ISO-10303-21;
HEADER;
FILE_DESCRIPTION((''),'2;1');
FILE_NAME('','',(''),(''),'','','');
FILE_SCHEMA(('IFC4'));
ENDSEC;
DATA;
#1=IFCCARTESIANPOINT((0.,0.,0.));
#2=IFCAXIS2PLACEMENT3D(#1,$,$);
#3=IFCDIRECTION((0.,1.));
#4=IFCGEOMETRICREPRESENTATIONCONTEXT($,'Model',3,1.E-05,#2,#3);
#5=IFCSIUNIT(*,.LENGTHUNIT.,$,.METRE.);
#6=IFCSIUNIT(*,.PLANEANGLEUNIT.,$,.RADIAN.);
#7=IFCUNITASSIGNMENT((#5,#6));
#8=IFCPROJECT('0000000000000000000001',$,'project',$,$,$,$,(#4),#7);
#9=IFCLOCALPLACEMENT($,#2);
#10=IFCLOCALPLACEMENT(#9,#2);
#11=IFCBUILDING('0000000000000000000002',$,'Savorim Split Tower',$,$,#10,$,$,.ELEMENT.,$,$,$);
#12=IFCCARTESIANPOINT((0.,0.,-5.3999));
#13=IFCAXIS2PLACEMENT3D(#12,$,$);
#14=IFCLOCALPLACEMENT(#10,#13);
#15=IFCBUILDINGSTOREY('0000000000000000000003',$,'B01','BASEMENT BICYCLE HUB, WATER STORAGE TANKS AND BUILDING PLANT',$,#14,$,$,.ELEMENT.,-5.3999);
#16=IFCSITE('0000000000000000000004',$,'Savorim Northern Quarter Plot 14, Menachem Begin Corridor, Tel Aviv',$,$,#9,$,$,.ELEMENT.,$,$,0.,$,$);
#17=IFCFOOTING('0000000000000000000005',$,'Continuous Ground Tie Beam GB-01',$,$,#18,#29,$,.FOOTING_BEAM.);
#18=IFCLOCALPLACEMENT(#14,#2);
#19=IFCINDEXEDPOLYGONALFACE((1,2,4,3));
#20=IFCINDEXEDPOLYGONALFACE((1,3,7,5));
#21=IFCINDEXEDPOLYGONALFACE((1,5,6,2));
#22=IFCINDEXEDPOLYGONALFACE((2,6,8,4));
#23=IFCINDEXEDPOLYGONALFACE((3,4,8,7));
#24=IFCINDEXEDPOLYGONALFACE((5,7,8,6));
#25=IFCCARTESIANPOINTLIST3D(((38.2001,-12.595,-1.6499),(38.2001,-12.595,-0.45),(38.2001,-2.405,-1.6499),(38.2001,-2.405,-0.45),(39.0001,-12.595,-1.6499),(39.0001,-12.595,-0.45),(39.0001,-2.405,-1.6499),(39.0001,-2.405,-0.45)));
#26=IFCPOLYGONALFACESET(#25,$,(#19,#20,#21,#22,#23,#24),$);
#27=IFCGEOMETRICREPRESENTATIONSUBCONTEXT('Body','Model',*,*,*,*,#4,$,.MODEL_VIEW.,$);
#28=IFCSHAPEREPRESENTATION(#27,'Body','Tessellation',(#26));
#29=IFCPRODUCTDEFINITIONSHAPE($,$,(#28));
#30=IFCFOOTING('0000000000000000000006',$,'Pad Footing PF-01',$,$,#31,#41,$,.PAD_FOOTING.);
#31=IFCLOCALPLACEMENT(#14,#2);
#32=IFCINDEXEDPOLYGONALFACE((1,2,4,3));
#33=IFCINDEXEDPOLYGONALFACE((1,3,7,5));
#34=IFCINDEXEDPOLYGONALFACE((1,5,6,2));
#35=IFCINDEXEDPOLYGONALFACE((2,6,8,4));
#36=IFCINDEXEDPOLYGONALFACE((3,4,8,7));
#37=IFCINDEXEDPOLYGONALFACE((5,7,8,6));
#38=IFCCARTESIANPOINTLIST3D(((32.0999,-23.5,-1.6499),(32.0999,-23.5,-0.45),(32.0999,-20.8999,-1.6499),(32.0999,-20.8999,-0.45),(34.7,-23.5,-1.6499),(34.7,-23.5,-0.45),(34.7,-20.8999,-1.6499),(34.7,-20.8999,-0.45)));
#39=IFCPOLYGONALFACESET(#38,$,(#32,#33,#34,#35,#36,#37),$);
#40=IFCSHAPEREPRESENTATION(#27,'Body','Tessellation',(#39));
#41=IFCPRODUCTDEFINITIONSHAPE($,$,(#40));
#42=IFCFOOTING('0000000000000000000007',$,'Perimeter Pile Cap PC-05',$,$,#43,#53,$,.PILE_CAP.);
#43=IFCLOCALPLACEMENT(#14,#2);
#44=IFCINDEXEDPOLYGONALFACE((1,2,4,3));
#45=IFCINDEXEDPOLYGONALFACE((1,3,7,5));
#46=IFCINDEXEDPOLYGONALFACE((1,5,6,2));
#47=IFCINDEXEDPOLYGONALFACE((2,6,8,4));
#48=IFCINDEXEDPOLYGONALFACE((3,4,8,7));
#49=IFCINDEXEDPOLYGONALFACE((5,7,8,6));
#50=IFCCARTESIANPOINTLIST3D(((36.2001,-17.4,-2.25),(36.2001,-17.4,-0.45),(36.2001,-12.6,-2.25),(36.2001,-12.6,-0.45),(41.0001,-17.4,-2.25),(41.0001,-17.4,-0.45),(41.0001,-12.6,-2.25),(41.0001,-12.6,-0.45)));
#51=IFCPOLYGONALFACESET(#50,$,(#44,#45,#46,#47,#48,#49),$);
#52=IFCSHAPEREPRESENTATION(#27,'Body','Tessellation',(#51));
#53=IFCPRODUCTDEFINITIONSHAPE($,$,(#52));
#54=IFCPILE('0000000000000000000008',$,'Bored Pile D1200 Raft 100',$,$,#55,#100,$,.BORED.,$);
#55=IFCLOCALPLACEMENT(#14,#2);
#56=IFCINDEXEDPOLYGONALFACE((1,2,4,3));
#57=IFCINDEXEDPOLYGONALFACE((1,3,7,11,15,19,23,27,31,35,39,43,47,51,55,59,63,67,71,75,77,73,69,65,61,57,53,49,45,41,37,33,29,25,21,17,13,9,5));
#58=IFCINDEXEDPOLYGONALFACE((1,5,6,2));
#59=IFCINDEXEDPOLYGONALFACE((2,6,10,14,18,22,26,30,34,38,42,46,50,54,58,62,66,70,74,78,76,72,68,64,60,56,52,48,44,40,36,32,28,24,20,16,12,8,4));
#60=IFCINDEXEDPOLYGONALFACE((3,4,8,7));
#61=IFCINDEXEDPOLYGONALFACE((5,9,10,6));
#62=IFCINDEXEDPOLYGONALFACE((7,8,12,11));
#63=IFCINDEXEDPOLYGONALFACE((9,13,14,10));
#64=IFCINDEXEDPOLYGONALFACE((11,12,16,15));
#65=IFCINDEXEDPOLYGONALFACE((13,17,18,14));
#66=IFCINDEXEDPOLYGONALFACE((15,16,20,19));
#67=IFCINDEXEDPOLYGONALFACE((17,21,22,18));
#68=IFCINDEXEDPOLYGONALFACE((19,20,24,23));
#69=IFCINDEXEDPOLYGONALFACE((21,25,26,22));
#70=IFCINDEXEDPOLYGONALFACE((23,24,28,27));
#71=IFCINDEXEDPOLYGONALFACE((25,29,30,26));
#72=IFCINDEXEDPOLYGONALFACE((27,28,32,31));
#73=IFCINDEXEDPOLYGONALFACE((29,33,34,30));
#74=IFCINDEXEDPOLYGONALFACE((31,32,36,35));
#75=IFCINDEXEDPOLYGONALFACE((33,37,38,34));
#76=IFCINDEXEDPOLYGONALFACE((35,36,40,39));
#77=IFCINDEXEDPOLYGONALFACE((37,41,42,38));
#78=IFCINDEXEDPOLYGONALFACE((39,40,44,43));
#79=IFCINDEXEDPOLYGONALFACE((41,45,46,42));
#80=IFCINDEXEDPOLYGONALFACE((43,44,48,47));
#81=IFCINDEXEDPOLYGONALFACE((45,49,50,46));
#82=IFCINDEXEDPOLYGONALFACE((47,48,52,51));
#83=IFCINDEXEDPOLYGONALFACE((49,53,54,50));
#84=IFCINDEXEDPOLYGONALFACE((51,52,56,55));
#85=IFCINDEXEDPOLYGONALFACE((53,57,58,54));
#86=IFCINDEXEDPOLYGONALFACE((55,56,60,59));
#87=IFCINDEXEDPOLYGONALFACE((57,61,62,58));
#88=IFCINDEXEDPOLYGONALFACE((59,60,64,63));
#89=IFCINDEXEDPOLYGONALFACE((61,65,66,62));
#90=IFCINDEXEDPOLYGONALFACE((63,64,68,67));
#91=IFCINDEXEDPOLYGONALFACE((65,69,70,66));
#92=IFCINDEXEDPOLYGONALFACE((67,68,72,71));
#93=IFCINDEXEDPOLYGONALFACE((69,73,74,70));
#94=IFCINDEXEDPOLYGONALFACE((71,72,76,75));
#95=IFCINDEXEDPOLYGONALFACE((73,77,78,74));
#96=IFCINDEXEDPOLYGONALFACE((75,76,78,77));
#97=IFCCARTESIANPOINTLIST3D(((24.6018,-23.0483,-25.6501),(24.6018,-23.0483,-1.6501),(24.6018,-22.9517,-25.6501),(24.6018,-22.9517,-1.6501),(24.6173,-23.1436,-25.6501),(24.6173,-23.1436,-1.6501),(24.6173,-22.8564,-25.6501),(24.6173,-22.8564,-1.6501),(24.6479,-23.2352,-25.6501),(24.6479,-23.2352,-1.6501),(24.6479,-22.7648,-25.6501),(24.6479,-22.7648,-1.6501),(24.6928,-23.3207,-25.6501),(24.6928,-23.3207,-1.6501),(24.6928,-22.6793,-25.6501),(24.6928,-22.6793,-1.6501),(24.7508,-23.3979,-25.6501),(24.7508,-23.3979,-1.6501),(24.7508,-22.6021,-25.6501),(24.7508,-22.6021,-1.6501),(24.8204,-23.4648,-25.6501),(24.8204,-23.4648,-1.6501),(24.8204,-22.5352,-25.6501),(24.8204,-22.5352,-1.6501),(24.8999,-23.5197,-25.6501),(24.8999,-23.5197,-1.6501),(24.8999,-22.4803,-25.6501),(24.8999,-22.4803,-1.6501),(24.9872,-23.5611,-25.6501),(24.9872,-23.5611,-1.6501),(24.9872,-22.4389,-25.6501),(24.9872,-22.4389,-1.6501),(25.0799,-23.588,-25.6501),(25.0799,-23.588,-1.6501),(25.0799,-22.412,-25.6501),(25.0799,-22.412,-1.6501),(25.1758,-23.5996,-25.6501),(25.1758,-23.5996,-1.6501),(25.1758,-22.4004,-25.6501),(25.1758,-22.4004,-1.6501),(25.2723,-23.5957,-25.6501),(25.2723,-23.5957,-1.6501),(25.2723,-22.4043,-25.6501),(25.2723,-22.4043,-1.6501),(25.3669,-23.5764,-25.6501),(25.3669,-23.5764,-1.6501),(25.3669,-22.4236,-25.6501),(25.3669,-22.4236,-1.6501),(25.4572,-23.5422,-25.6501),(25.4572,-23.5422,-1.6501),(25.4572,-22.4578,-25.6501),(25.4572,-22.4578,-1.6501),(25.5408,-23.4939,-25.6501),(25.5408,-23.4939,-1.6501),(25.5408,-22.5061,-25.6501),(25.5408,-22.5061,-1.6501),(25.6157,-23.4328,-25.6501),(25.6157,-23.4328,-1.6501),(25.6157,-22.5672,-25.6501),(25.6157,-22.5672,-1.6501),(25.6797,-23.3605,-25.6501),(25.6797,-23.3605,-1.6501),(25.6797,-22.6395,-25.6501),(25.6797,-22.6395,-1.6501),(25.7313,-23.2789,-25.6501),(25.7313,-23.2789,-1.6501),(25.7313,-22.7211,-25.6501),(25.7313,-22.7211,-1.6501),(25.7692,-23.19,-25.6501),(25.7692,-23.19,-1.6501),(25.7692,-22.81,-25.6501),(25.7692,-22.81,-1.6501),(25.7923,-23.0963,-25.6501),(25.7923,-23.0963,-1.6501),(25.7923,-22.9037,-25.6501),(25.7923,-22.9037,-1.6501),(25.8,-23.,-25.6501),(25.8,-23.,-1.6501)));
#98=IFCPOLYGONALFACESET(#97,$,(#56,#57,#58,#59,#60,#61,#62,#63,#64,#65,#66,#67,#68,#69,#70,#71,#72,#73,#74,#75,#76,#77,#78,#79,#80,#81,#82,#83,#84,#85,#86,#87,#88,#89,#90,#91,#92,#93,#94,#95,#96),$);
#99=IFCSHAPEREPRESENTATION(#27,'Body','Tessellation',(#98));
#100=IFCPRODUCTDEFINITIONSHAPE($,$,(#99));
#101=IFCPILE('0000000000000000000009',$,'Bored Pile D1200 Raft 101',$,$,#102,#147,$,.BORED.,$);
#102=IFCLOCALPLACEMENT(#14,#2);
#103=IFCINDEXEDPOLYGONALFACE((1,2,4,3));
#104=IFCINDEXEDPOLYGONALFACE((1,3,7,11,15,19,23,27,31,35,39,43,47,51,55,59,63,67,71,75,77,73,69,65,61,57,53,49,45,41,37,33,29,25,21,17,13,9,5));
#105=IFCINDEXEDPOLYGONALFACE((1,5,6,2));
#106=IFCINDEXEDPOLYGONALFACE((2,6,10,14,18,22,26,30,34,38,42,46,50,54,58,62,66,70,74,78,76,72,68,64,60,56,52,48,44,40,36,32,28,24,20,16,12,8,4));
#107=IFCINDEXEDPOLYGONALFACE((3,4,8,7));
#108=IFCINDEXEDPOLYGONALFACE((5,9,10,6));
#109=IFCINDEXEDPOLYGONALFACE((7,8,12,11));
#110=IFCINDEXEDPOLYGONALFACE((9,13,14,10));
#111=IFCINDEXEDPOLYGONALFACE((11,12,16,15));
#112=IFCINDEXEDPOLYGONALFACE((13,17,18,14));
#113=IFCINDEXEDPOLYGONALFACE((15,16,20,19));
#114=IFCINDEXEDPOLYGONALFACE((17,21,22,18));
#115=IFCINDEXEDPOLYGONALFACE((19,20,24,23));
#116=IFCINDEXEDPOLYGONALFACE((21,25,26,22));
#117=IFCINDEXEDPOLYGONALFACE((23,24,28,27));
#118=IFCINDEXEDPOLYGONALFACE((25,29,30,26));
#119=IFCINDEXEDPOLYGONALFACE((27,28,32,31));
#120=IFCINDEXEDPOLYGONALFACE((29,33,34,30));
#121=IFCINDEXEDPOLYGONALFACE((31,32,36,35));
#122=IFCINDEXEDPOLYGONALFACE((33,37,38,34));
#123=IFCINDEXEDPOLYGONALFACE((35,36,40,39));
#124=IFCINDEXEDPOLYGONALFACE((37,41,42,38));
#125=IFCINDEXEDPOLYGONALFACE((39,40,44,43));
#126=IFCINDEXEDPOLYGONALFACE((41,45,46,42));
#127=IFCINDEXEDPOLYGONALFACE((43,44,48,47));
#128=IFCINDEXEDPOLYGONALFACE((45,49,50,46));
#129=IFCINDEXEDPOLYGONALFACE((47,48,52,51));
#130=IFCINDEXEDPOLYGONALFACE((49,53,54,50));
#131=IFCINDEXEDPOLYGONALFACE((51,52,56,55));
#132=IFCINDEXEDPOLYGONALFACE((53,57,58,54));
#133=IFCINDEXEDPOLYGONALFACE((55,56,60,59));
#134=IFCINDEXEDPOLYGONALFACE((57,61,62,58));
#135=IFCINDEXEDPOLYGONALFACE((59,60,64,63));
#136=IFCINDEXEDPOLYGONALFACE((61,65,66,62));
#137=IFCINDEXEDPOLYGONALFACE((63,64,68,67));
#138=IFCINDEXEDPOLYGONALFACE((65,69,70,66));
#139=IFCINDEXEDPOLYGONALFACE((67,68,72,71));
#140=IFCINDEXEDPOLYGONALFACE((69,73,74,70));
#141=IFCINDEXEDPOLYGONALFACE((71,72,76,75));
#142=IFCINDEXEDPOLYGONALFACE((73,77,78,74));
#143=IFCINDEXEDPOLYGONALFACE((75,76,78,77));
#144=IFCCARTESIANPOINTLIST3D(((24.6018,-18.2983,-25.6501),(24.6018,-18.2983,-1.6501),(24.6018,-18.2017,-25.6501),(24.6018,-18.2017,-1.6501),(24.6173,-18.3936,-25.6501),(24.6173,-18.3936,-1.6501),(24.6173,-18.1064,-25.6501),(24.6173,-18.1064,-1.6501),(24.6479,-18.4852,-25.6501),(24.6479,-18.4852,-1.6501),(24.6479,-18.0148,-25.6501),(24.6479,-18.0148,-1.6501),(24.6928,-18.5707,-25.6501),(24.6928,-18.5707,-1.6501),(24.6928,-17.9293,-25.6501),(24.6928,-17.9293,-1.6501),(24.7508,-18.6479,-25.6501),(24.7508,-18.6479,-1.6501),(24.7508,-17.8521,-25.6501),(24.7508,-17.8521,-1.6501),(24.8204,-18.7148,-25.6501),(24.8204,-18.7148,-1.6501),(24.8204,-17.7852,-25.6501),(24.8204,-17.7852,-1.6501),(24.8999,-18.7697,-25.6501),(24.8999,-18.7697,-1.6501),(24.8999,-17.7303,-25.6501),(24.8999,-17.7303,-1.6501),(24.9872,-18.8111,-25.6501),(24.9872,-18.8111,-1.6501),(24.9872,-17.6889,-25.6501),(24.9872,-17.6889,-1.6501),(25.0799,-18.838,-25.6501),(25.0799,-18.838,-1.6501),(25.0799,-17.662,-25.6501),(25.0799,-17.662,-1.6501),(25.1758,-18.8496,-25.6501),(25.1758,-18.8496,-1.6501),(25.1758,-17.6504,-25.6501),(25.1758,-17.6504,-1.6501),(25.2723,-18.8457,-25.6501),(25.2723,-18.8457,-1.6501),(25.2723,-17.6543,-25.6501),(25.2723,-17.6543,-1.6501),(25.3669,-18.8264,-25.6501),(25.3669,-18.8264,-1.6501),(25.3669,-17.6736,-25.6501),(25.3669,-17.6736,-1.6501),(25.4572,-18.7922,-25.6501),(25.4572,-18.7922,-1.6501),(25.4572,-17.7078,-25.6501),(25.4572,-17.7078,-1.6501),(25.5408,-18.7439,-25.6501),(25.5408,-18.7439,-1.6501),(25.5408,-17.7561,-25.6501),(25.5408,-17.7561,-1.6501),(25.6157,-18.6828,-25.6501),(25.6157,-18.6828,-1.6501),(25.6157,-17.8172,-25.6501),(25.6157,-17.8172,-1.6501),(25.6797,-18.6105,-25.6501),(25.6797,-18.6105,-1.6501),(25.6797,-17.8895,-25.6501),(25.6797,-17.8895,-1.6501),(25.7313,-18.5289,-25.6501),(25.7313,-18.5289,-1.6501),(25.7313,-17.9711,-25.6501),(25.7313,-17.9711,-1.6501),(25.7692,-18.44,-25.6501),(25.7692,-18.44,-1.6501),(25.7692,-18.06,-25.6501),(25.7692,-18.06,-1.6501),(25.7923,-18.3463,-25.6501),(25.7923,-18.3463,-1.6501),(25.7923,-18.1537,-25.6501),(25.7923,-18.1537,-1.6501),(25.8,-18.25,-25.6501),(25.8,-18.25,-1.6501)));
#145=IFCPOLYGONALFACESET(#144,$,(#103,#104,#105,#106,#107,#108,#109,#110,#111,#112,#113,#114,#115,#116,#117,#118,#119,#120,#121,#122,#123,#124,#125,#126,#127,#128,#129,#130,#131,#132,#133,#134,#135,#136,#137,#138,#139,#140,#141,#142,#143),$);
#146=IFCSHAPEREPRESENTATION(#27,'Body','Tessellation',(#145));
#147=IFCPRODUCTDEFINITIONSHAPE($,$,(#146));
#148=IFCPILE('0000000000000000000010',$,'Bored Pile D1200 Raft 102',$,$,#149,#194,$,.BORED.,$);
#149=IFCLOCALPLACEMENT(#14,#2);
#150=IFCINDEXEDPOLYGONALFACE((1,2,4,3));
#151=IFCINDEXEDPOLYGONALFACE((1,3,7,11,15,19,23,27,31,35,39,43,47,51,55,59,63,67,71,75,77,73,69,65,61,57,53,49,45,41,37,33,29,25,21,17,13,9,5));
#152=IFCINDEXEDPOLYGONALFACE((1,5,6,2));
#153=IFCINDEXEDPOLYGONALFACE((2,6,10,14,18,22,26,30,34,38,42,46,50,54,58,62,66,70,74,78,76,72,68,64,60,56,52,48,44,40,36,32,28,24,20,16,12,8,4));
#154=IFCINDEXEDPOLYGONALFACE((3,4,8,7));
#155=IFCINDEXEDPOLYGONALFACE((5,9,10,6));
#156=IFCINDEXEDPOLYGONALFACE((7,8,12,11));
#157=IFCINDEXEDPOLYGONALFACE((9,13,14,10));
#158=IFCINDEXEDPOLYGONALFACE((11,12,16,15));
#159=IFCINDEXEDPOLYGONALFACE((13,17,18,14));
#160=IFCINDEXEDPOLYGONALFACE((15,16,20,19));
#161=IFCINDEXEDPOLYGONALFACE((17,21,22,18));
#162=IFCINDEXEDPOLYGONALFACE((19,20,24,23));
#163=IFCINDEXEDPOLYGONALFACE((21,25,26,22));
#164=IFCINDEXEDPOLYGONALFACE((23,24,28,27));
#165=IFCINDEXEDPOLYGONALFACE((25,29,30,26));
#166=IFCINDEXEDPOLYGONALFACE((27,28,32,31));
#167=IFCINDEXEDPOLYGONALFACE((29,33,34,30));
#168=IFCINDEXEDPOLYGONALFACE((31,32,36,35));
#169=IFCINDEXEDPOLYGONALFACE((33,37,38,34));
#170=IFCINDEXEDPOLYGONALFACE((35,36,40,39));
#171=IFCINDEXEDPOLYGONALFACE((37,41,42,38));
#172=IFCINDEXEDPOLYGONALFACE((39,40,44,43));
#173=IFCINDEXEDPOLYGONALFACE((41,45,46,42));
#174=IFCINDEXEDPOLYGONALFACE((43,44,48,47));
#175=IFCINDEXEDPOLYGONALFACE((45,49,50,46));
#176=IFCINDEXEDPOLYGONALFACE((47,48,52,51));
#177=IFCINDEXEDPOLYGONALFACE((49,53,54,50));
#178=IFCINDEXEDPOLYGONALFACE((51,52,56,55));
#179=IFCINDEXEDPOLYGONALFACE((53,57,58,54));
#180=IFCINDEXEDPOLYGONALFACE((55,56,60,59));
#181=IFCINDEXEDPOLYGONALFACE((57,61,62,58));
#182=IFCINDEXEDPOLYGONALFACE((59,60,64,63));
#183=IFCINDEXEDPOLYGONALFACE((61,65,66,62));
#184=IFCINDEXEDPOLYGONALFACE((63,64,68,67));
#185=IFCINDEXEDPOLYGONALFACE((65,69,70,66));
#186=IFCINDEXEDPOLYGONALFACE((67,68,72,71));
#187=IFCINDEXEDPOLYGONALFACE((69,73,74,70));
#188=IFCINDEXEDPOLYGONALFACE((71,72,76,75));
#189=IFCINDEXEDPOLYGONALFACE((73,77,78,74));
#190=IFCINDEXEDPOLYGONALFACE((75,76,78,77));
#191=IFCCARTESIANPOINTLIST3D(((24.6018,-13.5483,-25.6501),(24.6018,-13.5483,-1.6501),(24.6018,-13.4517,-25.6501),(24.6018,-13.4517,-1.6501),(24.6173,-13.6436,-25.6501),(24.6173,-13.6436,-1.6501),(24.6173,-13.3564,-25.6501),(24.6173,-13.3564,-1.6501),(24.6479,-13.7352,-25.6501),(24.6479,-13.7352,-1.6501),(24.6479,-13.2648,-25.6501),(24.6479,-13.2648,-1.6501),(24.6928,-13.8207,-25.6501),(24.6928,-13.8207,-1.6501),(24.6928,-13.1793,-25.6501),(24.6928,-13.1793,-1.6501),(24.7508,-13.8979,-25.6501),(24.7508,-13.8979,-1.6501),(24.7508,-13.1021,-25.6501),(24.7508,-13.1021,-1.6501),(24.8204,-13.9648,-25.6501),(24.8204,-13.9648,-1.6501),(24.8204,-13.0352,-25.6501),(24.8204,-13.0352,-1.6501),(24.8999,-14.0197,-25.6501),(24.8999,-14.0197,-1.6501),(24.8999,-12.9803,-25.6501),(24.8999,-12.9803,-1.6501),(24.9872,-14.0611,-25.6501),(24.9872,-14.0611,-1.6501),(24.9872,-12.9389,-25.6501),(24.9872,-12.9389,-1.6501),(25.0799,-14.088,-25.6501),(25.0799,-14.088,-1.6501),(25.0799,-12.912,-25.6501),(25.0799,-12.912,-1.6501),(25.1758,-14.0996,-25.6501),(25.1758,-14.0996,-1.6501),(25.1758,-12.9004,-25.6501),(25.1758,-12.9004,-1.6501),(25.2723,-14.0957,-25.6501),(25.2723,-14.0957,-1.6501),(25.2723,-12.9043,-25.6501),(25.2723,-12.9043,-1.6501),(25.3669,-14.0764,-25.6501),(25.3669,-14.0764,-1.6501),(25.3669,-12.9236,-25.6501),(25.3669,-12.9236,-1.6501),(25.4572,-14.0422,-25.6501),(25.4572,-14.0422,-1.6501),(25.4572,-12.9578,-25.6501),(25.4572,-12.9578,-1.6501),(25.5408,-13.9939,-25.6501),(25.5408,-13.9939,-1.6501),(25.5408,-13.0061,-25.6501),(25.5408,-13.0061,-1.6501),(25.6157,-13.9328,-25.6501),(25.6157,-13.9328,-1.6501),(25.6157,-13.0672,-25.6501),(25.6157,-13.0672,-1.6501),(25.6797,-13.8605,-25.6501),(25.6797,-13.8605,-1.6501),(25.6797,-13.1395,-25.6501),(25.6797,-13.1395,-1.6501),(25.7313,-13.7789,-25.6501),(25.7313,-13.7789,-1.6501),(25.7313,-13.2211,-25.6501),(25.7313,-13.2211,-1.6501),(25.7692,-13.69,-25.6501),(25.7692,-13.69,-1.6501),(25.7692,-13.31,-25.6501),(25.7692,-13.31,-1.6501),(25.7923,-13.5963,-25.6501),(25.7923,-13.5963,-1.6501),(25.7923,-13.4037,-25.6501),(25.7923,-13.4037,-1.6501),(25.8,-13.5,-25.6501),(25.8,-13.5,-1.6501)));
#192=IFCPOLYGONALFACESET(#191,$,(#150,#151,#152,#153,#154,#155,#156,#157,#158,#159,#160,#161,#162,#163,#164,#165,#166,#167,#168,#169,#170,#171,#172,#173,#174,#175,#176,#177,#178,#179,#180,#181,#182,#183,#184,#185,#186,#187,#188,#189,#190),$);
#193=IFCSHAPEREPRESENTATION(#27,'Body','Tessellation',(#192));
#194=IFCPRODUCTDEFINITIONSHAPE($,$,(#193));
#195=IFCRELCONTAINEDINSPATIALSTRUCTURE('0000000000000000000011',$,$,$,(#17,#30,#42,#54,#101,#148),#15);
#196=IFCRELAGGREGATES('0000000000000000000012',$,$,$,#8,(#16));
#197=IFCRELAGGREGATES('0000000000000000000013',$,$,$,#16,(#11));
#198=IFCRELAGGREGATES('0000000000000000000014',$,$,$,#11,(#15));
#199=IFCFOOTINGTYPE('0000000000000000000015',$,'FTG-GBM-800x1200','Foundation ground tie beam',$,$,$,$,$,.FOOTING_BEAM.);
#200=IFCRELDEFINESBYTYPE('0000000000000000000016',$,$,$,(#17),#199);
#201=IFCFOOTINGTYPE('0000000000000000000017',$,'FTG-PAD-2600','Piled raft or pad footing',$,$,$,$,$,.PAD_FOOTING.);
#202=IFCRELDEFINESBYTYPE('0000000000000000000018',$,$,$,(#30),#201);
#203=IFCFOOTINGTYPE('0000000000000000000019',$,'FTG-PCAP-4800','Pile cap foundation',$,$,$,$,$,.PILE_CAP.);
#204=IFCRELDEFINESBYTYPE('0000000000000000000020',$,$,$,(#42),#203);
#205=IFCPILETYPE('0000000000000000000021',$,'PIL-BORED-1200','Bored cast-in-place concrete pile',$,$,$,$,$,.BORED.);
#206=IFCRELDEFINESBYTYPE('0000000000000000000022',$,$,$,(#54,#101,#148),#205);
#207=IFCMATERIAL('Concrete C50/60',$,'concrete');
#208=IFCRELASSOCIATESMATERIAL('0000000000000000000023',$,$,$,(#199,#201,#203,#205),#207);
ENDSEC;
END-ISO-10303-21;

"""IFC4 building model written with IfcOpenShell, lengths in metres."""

from ifc_helpers import new_model, si_unit, direction, frame, origin, origin_2d, place, context, subcontext, project, spatial, rectangle, circle, extrude, material, material_profile, profile_set, type_object, element, save


model = new_model("IFC4")

# Units and contexts
model_context = context("Model", 3, precision=1e-05, world=origin(), true_north=direction((0.0, 1.0)))
body_context = subcontext(model_context, "Body", "Model", "MODEL_VIEW")
ifc_project = project(units=[si_unit("LENGTHUNIT", "METRE"), si_unit("PLANEANGLEUNIT", "RADIAN")], contexts=[model_context])

# Site, building, storey
site_placement = place(None, origin())
site = spatial("IfcSite", under=ifc_project, at=site_placement, Name="Savorim Northern Quarter Plot 14, Menachem Begin Corridor, Tel Aviv", CompositionType="ELEMENT", RefElevation=0.0)
building_placement = place(site_placement, origin())
building = spatial("IfcBuilding", under=site, at=building_placement, Name="Savorim Split Tower", CompositionType="ELEMENT")
storey_placement = place(building_placement, frame((0.0, 0.0, -5.3999)))
storey = spatial("IfcBuildingStorey", under=building, at=storey_placement, Name="B01", Description="BASEMENT BICYCLE HUB, WATER STORAGE TANKS AND BUILDING PLANT", CompositionType="ELEMENT", Elevation=-5.3999)

# Footings
ifc_material_1 = material(Name="Concrete C50/60", Category="concrete")
footing_type_1 = type_object("IfcFootingType", Name="FTG-GBM-800x1200", Description="Foundation ground tie beam", PredefinedType="FOOTING_BEAM", material=ifc_material_1)
footing_1_placement = place(storey_placement, frame((38.6001, -7.5, -1.6499), z_axis=(0.0, 0.0, 1.0), x_axis=(0.0, 1.0, 0.0)))
element("IfcFooting", 1, at=footing_1_placement, inside=storey, type_object=footing_type_1, Name="Continuous Ground Tie Beam GB-01", PredefinedType="FOOTING_BEAM", context=body_context, shape_type="SweptSolid", body=[
    extrude(rectangle(XDim=10.1899, YDim=0.8, at=origin_2d()), origin(), (0.0, 0.0, 1.0), 1.2),
])
footing_type_2 = type_object("IfcFootingType", Name="FTG-PAD-2600", Description="Piled raft or pad footing", PredefinedType="PAD_FOOTING", material=ifc_material_1)
footing_2_placement = place(storey_placement, frame((33.3999, -22.2, -1.6499), z_axis=(0.0, 0.0, 1.0), x_axis=(1.0, 0.0, 0.0)))
element("IfcFooting", 2, at=footing_2_placement, inside=storey, type_object=footing_type_2, Name="Pad Footing PF-01", PredefinedType="PAD_FOOTING", context=body_context, shape_type="SweptSolid", body=[
    extrude(rectangle(XDim=2.6001, YDim=2.6001, at=origin_2d()), origin(), (0.0, 0.0, 1.0), 1.2),
])
footing_type_3 = type_object("IfcFootingType", Name="FTG-PCAP-4800", Description="Pile cap foundation", PredefinedType="PILE_CAP", material=ifc_material_1)
footing_3_placement = place(storey_placement, frame((38.6001, -15.0, -2.25), z_axis=(0.0, 0.0, 1.0), x_axis=(1.0, 0.0, 0.0)))
element("IfcFooting", 3, at=footing_3_placement, inside=storey, type_object=footing_type_3, Name="Perimeter Pile Cap PC-05", PredefinedType="PILE_CAP", context=body_context, shape_type="SweptSolid", body=[
    extrude(rectangle(XDim=4.8, YDim=4.8, at=origin_2d()), origin(), (0.0, 0.0, 1.0), 1.8),
])

# Piles
ifc_material_profile_1 = material_profile(ifc_material_1, circle(Radius=0.6001, at=origin_2d()), Name="PILE D1200")
ifc_profile_set_1 = profile_set([ifc_material_profile_1], Name="Concrete C50/60")
pile_type = type_object("IfcPileType", Name="PIL-BORED-1200", Description="Bored cast-in-place concrete pile", PredefinedType="BORED", material=ifc_profile_set_1)
for number, where, z_axis, x_axis, name in (
    (4, (25.2, -23.0, -1.6501), (0.0, 0.0, -1.0), (1.0, 0.0, 0.0), "Bored Pile D1200 Raft 100"),
    (5, (25.2, -18.25, -1.6501), (0.0, 0.0, -1.0), (1.0, 0.0, 0.0), "Bored Pile D1200 Raft 101"),
    (6, (25.2, -13.5, -1.6501), (0.0, 0.0, -1.0), (1.0, 0.0, 0.0), "Bored Pile D1200 Raft 102"),
):
    element("IfcPile", number, at=place(storey_placement, frame(where, z_axis=z_axis, x_axis=x_axis)), inside=storey, type_object=pile_type, Name=name, PredefinedType="BORED", context=body_context, shape_type="SweptSolid", body=[
        extrude(circle(Radius=0.6001, at=origin_2d()), origin(), (0.0, 0.0, 1.0), 24.0),
    ])

save(model, "model.ifc")
